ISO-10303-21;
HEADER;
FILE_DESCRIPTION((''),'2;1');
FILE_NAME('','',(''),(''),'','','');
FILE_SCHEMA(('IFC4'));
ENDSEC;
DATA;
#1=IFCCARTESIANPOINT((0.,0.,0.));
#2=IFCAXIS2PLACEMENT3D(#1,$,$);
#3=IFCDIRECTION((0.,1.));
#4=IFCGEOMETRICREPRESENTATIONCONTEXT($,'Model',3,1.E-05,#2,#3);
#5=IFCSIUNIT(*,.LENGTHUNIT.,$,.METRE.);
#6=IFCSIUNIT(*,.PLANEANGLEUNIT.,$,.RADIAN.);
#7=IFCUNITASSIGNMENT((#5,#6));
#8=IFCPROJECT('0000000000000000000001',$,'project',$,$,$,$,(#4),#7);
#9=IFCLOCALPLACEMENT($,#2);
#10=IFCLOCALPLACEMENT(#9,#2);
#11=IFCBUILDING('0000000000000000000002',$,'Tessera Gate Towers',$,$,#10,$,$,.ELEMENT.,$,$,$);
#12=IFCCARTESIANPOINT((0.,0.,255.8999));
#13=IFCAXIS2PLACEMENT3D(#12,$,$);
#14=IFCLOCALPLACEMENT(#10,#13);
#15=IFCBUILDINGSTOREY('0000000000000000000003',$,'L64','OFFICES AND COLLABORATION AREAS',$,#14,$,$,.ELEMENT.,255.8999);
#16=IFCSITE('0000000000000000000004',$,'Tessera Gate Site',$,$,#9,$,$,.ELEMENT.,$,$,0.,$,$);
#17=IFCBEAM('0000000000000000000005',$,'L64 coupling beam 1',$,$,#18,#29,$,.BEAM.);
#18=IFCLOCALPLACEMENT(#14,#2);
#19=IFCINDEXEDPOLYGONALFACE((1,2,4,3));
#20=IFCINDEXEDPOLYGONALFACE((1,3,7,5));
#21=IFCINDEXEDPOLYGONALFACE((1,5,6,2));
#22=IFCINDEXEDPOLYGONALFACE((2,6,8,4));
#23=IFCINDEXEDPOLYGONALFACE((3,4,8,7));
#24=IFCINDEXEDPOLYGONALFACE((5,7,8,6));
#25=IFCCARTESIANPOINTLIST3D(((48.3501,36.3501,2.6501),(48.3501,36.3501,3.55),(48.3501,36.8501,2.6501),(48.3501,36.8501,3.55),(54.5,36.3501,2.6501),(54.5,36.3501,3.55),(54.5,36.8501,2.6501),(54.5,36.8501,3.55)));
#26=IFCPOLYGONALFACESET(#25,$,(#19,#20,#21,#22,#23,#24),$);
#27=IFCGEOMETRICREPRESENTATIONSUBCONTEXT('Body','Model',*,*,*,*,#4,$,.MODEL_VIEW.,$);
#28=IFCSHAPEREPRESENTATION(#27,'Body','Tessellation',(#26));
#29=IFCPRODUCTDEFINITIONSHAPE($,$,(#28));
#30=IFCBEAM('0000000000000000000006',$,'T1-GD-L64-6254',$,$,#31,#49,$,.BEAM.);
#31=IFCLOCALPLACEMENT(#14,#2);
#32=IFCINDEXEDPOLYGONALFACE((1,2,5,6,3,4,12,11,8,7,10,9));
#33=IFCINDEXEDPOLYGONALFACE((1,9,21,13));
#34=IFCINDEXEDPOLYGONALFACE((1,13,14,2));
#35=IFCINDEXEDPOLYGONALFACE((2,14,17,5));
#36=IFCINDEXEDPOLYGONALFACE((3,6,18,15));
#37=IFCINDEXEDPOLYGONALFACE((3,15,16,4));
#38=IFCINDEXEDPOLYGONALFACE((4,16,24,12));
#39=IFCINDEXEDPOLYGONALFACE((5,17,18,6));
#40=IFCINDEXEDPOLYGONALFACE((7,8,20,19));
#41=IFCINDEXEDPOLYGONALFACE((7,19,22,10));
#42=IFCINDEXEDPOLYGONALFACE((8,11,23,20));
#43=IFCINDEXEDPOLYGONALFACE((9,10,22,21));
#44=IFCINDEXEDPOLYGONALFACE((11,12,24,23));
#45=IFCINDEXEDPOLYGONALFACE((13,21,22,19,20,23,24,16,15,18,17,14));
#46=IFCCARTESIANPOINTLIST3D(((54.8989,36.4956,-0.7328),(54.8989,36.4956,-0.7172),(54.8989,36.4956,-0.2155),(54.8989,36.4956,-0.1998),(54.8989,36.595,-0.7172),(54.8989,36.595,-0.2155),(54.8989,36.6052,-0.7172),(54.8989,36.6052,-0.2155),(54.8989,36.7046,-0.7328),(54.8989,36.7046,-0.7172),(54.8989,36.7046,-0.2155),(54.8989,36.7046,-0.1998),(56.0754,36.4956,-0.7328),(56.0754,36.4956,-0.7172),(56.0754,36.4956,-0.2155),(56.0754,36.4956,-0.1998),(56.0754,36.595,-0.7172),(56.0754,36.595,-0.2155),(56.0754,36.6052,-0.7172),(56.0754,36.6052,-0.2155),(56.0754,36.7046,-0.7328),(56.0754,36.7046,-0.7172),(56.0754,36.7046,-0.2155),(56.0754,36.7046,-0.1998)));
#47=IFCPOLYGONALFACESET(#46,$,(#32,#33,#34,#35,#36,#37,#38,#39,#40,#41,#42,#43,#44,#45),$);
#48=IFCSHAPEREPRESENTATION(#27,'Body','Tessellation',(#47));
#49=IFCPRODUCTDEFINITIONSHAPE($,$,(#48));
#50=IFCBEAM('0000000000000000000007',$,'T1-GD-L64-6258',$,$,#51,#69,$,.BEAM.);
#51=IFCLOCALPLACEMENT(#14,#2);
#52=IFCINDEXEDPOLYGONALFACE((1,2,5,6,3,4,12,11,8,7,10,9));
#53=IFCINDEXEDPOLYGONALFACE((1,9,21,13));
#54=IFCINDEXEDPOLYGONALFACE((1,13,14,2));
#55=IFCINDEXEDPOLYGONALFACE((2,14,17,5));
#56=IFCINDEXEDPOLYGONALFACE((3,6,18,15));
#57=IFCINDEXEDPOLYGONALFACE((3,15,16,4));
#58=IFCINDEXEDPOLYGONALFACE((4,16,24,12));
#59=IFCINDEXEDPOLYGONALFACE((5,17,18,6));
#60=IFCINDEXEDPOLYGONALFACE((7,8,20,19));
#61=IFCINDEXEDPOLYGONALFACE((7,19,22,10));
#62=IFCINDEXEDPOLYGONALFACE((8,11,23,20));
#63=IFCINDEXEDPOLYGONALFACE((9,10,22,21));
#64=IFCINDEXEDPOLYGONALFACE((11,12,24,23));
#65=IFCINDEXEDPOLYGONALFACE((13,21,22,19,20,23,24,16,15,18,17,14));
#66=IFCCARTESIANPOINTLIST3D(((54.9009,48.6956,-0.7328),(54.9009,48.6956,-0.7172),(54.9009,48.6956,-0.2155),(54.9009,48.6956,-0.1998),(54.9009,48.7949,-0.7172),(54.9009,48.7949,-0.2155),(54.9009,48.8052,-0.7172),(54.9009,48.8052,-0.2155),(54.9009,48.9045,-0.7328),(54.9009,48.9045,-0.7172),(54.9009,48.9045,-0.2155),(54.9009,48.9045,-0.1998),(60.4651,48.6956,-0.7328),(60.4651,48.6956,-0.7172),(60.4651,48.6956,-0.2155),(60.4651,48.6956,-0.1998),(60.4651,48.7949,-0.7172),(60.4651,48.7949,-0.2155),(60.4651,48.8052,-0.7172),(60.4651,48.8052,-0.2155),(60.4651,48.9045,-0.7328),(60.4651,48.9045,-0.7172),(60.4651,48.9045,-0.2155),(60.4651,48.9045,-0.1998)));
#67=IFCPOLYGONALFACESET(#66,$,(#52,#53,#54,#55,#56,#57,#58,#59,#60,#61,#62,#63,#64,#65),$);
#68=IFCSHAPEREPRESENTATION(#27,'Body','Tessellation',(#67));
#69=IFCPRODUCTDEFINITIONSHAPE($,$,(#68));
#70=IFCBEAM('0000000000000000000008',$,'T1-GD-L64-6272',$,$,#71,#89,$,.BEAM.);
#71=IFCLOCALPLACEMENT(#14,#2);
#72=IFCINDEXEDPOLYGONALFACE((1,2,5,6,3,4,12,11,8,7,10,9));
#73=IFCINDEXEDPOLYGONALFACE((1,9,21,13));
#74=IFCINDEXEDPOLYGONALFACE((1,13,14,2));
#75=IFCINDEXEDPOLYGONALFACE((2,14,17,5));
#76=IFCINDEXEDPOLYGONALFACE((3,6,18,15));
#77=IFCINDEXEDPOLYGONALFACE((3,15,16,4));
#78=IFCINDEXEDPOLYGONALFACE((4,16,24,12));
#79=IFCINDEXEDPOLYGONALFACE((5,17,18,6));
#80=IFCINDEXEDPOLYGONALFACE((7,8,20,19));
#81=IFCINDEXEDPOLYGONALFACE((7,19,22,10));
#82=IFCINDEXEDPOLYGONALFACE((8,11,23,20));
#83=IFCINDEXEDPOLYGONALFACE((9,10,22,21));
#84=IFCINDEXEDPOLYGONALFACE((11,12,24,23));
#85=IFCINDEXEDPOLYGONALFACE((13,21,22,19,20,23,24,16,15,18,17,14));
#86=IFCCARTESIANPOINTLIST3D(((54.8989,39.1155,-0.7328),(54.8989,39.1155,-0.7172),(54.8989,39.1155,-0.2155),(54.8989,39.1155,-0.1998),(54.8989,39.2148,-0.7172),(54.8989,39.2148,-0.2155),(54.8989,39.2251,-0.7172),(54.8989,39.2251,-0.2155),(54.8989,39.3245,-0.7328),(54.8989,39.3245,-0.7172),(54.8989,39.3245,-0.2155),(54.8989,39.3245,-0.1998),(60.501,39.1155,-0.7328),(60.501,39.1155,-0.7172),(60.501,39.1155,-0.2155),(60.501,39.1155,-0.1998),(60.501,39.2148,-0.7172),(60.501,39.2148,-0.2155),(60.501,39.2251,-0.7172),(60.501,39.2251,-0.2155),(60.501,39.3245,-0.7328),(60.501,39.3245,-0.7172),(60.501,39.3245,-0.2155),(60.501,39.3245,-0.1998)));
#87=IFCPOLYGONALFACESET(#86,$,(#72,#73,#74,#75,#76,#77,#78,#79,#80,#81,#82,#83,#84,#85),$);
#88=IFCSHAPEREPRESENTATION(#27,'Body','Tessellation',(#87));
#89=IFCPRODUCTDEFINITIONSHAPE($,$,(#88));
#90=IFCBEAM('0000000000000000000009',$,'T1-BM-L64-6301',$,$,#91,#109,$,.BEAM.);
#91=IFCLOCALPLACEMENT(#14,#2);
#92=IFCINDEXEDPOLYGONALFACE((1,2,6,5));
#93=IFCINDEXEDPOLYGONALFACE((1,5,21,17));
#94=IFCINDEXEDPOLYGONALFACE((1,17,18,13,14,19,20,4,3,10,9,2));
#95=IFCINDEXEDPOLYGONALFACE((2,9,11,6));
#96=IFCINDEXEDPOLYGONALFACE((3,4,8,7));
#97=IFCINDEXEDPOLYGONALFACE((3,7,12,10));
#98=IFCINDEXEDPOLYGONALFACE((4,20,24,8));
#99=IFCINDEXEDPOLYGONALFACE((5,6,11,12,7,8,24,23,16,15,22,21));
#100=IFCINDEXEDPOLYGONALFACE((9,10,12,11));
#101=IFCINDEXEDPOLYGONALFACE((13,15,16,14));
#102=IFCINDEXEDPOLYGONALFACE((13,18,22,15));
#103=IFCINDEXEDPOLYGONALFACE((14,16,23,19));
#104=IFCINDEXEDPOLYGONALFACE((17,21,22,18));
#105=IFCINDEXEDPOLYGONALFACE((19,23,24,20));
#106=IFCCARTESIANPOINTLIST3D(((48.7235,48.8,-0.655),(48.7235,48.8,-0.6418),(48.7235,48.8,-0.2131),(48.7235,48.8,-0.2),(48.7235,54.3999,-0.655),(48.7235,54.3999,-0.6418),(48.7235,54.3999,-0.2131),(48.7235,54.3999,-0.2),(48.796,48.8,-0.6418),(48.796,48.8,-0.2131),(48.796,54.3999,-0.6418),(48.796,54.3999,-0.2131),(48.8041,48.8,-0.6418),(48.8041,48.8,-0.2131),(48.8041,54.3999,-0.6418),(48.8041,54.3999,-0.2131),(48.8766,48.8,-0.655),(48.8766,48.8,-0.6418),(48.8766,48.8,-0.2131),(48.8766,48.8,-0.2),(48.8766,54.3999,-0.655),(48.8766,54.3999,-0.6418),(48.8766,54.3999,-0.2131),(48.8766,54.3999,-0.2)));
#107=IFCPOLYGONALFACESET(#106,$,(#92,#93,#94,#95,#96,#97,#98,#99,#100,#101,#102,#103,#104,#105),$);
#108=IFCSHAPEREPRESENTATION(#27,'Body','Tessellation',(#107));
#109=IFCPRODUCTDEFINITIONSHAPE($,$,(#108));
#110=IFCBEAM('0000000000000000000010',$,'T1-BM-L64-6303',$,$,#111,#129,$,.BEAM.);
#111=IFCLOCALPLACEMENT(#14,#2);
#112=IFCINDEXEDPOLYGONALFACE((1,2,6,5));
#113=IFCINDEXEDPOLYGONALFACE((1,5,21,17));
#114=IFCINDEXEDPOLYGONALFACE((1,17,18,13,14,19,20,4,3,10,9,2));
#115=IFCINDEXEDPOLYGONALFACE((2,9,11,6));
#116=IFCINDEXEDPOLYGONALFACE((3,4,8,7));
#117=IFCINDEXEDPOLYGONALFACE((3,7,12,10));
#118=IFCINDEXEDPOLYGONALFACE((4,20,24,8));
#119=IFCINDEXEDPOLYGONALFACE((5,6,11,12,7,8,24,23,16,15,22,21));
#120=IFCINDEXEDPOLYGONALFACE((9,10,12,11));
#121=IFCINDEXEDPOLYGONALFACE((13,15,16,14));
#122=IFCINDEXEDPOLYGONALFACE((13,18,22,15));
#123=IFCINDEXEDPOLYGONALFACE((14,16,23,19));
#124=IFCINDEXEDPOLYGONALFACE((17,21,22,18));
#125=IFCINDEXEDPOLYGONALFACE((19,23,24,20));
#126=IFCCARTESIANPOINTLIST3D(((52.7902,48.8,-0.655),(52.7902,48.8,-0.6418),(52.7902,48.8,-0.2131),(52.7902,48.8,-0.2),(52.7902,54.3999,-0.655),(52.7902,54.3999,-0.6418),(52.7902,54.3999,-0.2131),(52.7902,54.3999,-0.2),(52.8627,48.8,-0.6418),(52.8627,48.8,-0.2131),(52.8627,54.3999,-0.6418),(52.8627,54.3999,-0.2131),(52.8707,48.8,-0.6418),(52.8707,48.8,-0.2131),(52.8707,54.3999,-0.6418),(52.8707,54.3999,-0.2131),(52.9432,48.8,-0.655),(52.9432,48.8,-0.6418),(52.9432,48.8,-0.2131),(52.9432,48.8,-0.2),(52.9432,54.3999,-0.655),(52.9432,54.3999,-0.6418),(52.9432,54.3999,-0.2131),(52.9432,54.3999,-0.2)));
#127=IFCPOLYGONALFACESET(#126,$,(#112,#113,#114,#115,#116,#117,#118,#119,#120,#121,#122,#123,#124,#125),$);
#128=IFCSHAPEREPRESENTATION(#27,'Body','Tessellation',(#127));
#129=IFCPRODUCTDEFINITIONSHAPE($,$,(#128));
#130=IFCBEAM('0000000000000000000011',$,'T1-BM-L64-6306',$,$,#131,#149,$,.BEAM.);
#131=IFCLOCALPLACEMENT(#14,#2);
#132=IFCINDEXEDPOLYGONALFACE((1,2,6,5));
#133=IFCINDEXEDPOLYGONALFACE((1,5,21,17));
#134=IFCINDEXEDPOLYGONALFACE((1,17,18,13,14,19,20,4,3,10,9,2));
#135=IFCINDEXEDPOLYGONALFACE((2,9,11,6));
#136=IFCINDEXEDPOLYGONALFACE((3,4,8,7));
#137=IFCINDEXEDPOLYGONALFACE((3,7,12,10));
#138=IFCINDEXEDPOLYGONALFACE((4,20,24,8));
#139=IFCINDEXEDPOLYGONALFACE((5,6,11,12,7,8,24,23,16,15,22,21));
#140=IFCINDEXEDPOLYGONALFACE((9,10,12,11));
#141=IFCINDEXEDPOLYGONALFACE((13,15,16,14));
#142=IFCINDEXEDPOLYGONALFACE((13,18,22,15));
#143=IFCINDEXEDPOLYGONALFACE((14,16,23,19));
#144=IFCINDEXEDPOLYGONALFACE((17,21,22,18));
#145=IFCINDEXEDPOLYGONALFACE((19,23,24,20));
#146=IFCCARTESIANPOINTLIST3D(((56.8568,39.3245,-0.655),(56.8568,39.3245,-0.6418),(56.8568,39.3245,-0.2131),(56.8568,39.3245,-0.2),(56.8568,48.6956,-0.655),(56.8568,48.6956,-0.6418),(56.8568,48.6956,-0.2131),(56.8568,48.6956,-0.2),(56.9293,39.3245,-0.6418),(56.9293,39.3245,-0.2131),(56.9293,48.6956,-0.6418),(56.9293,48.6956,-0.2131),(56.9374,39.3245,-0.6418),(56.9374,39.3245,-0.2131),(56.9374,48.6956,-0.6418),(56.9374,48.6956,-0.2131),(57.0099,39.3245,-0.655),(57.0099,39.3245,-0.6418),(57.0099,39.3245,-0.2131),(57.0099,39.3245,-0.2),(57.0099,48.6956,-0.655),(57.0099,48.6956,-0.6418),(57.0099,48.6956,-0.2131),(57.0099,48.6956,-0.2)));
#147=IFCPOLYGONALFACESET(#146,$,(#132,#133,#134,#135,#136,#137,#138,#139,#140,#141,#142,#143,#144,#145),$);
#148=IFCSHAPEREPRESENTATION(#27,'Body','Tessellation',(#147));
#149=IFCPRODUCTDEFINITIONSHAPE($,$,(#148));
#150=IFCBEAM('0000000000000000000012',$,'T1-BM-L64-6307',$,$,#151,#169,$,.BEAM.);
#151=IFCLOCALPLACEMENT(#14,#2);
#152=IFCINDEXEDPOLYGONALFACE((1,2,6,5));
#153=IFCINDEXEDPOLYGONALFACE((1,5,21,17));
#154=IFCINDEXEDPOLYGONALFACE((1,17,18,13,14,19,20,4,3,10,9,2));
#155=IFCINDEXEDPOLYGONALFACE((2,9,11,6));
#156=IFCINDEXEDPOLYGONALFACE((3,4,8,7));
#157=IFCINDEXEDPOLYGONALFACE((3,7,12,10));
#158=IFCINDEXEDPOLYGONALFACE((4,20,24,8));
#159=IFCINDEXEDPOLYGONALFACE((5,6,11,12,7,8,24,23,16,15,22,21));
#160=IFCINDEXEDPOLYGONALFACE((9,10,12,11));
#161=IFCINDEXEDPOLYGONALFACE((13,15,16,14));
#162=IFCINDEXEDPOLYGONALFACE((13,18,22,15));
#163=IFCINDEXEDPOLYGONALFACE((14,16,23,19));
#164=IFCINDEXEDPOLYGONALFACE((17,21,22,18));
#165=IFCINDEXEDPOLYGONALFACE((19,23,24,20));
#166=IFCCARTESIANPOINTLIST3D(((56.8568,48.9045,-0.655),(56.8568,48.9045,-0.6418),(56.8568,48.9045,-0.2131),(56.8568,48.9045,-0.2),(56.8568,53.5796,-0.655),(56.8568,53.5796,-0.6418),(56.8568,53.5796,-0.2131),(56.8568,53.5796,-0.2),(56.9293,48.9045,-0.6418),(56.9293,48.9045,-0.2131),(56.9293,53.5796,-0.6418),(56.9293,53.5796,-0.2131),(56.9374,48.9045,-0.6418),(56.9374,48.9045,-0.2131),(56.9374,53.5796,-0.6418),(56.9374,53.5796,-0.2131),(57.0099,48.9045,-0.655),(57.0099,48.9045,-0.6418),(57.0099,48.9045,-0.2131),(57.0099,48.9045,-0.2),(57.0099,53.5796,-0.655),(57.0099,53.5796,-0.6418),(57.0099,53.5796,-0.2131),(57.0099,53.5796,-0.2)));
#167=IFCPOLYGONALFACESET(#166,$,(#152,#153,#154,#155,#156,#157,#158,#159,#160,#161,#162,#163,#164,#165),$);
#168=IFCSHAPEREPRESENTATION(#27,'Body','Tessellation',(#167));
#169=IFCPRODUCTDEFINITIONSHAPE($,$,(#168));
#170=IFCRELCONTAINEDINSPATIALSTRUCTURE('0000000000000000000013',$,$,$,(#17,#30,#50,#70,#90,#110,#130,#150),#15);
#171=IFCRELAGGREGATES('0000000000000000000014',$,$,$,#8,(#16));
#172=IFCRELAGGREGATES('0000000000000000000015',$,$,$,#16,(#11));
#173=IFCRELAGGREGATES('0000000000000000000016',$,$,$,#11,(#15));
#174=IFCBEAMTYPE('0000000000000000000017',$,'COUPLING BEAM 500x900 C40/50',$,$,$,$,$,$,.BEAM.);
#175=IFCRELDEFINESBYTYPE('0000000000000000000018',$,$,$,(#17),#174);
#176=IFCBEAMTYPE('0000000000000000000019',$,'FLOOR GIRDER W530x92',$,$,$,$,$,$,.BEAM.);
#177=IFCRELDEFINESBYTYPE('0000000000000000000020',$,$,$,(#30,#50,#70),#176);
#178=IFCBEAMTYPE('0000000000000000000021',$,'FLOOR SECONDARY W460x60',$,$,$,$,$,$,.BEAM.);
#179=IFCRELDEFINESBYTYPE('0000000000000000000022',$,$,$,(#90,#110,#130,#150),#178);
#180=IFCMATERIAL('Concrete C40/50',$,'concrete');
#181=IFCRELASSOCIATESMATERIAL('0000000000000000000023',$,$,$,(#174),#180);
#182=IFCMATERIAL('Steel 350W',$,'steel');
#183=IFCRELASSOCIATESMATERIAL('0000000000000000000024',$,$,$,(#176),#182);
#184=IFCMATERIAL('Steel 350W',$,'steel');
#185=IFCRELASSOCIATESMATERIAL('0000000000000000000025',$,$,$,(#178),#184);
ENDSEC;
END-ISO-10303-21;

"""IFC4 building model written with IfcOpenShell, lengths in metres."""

from ifc_helpers import new_model, si_unit, direction, frame, origin, origin_2d, place, context, subcontext, project, spatial, rectangle, i_section, extrude, material, material_profile, profile_set, type_object, element, save


model = new_model("IFC4")

# Units and contexts
model_context = context("Model", 3, precision=1e-05, world=origin(), true_north=direction((0.0, 1.0)))
body_context = subcontext(model_context, "Body", "Model", "MODEL_VIEW")
ifc_project = project(units=[si_unit("LENGTHUNIT", "METRE"), si_unit("PLANEANGLEUNIT", "RADIAN")], contexts=[model_context])

# Site, building, storey
site_placement = place(None, origin())
site = spatial("IfcSite", under=ifc_project, at=site_placement, Name="Tessera Gate Site", CompositionType="ELEMENT", RefElevation=0.0)
building_placement = place(site_placement, origin())
building = spatial("IfcBuilding", under=site, at=building_placement, Name="Tessera Gate Towers", CompositionType="ELEMENT")
storey_placement = place(building_placement, frame((0.0, 0.0, 255.8999)))
storey = spatial("IfcBuildingStorey", under=building, at=storey_placement, Name="L64", Description="OFFICES AND COLLABORATION AREAS", CompositionType="ELEMENT", Elevation=255.8999)

# Beams
ifc_material_1 = material(Name="Concrete C40/50", Category="concrete")
ifc_material_profile_1 = material_profile(ifc_material_1, rectangle(XDim=0.5, YDim=0.8999, at=origin_2d()), Name="RC 500x900")
ifc_profile_set_1 = profile_set([ifc_material_profile_1], Name="Concrete C40/50")
beam_type_1 = type_object("IfcBeamType", Name="COUPLING BEAM 500x900 C40/50", PredefinedType="BEAM", material=ifc_profile_set_1)
beam_1_placement = place(storey_placement, frame((48.3501, 36.6001, 3.1001), z_axis=(1.0, 0.0, 0.0), x_axis=(0.0, 1.0, 0.0)))
element("IfcBeam", 1, at=beam_1_placement, inside=storey, type_object=beam_type_1, Name="L64 coupling beam 1", PredefinedType="BEAM", context=body_context, shape_type="SweptSolid", body=[
    extrude(rectangle(XDim=0.5, YDim=0.8999, at=origin_2d()), origin(), (0.0, 0.0, 1.0), 6.1499),
])
ifc_material_2 = material(Name="Steel 350W", Category="steel")
ifc_material_profile_2 = material_profile(ifc_material_2, i_section(OverallWidth=0.209, OverallDepth=0.533, WebThickness=0.0103, FlangeThickness=0.0156, at=origin_2d()), Name="W530x92")
ifc_profile_set_2 = profile_set([ifc_material_profile_2], Name="Steel 350W")
beam_type_2 = type_object("IfcBeamType", Name="FLOOR GIRDER W530x92", PredefinedType="BEAM", material=ifc_profile_set_2)
beam_2_placement = place(storey_placement, frame((54.8989, 36.6001, -0.4663), z_axis=(1.0, 0.0, 0.0), x_axis=(0.0, 1.0, 0.0)))
element("IfcBeam", 2, at=beam_2_placement, inside=storey, type_object=beam_type_2, Name="T1-GD-L64-6254", PredefinedType="BEAM", context=body_context, shape_type="SweptSolid", body=[
    extrude(i_section(OverallWidth=0.209, OverallDepth=0.533, WebThickness=0.0103, FlangeThickness=0.0156, at=origin_2d()), origin(), (0.0, 0.0, 1.0), 1.1765),
])
beam_3_placement = place(storey_placement, frame((54.9009, 48.8, -0.4663), z_axis=(1.0, 0.0, 0.0), x_axis=(0.0, 1.0, 0.0)))
element("IfcBeam", 3, at=beam_3_placement, inside=storey, type_object=beam_type_2, Name="T1-GD-L64-6258", PredefinedType="BEAM", context=body_context, shape_type="SweptSolid", body=[
    extrude(i_section(OverallWidth=0.209, OverallDepth=0.533, WebThickness=0.0103, FlangeThickness=0.0156, at=origin_2d()), origin(), (0.0, 0.0, 1.0), 5.5642),
])
beam_4_placement = place(storey_placement, frame((54.8989, 39.22, -0.4663), z_axis=(1.0, 0.0, 0.0), x_axis=(0.0, 1.0, 0.0)))
element("IfcBeam", 4, at=beam_4_placement, inside=storey, type_object=beam_type_2, Name="T1-GD-L64-6272", PredefinedType="BEAM", context=body_context, shape_type="SweptSolid", body=[
    extrude(i_section(OverallWidth=0.209, OverallDepth=0.533, WebThickness=0.0103, FlangeThickness=0.0156, at=origin_2d()), origin(), (0.0, 0.0, 1.0), 5.6021),
])
ifc_material_3 = material(Name="Steel 350W", Category="steel")
ifc_material_profile_3 = material_profile(ifc_material_3, i_section(OverallWidth=0.1531, OverallDepth=0.4551, WebThickness=0.0081, FlangeThickness=0.0132, at=origin_2d()), Name="W460x60")
ifc_profile_set_3 = profile_set([ifc_material_profile_3], Name="Steel 350W")
beam_type_3 = type_object("IfcBeamType", Name="FLOOR SECONDARY W460x60", PredefinedType="BEAM", material=ifc_profile_set_3)
for number, where, z_axis, x_axis, name in (
    (5, (48.8, 48.8, -0.4275), (0.0, 1.0, 0.0), (-1.0, 0.0, 0.0), "T1-BM-L64-6301"),
    (6, (52.8667, 48.8, -0.4275), (0.0, 1.0, 0.0), (-1.0, 0.0, 0.0), "T1-BM-L64-6303"),
):
    element("IfcBeam", number, at=place(storey_placement, frame(where, z_axis=z_axis, x_axis=x_axis)), inside=storey, type_object=beam_type_3, Name=name, PredefinedType="BEAM", context=body_context, shape_type="SweptSolid", body=[
        extrude(i_section(OverallWidth=0.1531, OverallDepth=0.4551, WebThickness=0.0081, FlangeThickness=0.0132, at=origin_2d()), origin(), (0.0, 0.0, 1.0), 5.5999),
    ])
beam_5_placement = place(storey_placement, frame((56.9333, 39.3245, -0.4275), z_axis=(0.0, 1.0, 0.0), x_axis=(-1.0, 0.0, 0.0)))
element("IfcBeam", 7, at=beam_5_placement, inside=storey, type_object=beam_type_3, Name="T1-BM-L64-6306", PredefinedType="BEAM", context=body_context, shape_type="SweptSolid", body=[
    extrude(i_section(OverallWidth=0.1531, OverallDepth=0.4551, WebThickness=0.0081, FlangeThickness=0.0132, at=origin_2d()), origin(), (0.0, 0.0, 1.0), 9.3711),
])
beam_6_placement = place(storey_placement, frame((56.9333, 48.9045, -0.4275), z_axis=(0.0, 1.0, 0.0), x_axis=(-1.0, 0.0, 0.0)))
element("IfcBeam", 8, at=beam_6_placement, inside=storey, type_object=beam_type_3, Name="T1-BM-L64-6307", PredefinedType="BEAM", context=body_context, shape_type="SweptSolid", body=[
    extrude(i_section(OverallWidth=0.1531, OverallDepth=0.4551, WebThickness=0.0081, FlangeThickness=0.0132, at=origin_2d()), origin(), (0.0, 0.0, 1.0), 4.675),
])

save(model, "model.ifc")
